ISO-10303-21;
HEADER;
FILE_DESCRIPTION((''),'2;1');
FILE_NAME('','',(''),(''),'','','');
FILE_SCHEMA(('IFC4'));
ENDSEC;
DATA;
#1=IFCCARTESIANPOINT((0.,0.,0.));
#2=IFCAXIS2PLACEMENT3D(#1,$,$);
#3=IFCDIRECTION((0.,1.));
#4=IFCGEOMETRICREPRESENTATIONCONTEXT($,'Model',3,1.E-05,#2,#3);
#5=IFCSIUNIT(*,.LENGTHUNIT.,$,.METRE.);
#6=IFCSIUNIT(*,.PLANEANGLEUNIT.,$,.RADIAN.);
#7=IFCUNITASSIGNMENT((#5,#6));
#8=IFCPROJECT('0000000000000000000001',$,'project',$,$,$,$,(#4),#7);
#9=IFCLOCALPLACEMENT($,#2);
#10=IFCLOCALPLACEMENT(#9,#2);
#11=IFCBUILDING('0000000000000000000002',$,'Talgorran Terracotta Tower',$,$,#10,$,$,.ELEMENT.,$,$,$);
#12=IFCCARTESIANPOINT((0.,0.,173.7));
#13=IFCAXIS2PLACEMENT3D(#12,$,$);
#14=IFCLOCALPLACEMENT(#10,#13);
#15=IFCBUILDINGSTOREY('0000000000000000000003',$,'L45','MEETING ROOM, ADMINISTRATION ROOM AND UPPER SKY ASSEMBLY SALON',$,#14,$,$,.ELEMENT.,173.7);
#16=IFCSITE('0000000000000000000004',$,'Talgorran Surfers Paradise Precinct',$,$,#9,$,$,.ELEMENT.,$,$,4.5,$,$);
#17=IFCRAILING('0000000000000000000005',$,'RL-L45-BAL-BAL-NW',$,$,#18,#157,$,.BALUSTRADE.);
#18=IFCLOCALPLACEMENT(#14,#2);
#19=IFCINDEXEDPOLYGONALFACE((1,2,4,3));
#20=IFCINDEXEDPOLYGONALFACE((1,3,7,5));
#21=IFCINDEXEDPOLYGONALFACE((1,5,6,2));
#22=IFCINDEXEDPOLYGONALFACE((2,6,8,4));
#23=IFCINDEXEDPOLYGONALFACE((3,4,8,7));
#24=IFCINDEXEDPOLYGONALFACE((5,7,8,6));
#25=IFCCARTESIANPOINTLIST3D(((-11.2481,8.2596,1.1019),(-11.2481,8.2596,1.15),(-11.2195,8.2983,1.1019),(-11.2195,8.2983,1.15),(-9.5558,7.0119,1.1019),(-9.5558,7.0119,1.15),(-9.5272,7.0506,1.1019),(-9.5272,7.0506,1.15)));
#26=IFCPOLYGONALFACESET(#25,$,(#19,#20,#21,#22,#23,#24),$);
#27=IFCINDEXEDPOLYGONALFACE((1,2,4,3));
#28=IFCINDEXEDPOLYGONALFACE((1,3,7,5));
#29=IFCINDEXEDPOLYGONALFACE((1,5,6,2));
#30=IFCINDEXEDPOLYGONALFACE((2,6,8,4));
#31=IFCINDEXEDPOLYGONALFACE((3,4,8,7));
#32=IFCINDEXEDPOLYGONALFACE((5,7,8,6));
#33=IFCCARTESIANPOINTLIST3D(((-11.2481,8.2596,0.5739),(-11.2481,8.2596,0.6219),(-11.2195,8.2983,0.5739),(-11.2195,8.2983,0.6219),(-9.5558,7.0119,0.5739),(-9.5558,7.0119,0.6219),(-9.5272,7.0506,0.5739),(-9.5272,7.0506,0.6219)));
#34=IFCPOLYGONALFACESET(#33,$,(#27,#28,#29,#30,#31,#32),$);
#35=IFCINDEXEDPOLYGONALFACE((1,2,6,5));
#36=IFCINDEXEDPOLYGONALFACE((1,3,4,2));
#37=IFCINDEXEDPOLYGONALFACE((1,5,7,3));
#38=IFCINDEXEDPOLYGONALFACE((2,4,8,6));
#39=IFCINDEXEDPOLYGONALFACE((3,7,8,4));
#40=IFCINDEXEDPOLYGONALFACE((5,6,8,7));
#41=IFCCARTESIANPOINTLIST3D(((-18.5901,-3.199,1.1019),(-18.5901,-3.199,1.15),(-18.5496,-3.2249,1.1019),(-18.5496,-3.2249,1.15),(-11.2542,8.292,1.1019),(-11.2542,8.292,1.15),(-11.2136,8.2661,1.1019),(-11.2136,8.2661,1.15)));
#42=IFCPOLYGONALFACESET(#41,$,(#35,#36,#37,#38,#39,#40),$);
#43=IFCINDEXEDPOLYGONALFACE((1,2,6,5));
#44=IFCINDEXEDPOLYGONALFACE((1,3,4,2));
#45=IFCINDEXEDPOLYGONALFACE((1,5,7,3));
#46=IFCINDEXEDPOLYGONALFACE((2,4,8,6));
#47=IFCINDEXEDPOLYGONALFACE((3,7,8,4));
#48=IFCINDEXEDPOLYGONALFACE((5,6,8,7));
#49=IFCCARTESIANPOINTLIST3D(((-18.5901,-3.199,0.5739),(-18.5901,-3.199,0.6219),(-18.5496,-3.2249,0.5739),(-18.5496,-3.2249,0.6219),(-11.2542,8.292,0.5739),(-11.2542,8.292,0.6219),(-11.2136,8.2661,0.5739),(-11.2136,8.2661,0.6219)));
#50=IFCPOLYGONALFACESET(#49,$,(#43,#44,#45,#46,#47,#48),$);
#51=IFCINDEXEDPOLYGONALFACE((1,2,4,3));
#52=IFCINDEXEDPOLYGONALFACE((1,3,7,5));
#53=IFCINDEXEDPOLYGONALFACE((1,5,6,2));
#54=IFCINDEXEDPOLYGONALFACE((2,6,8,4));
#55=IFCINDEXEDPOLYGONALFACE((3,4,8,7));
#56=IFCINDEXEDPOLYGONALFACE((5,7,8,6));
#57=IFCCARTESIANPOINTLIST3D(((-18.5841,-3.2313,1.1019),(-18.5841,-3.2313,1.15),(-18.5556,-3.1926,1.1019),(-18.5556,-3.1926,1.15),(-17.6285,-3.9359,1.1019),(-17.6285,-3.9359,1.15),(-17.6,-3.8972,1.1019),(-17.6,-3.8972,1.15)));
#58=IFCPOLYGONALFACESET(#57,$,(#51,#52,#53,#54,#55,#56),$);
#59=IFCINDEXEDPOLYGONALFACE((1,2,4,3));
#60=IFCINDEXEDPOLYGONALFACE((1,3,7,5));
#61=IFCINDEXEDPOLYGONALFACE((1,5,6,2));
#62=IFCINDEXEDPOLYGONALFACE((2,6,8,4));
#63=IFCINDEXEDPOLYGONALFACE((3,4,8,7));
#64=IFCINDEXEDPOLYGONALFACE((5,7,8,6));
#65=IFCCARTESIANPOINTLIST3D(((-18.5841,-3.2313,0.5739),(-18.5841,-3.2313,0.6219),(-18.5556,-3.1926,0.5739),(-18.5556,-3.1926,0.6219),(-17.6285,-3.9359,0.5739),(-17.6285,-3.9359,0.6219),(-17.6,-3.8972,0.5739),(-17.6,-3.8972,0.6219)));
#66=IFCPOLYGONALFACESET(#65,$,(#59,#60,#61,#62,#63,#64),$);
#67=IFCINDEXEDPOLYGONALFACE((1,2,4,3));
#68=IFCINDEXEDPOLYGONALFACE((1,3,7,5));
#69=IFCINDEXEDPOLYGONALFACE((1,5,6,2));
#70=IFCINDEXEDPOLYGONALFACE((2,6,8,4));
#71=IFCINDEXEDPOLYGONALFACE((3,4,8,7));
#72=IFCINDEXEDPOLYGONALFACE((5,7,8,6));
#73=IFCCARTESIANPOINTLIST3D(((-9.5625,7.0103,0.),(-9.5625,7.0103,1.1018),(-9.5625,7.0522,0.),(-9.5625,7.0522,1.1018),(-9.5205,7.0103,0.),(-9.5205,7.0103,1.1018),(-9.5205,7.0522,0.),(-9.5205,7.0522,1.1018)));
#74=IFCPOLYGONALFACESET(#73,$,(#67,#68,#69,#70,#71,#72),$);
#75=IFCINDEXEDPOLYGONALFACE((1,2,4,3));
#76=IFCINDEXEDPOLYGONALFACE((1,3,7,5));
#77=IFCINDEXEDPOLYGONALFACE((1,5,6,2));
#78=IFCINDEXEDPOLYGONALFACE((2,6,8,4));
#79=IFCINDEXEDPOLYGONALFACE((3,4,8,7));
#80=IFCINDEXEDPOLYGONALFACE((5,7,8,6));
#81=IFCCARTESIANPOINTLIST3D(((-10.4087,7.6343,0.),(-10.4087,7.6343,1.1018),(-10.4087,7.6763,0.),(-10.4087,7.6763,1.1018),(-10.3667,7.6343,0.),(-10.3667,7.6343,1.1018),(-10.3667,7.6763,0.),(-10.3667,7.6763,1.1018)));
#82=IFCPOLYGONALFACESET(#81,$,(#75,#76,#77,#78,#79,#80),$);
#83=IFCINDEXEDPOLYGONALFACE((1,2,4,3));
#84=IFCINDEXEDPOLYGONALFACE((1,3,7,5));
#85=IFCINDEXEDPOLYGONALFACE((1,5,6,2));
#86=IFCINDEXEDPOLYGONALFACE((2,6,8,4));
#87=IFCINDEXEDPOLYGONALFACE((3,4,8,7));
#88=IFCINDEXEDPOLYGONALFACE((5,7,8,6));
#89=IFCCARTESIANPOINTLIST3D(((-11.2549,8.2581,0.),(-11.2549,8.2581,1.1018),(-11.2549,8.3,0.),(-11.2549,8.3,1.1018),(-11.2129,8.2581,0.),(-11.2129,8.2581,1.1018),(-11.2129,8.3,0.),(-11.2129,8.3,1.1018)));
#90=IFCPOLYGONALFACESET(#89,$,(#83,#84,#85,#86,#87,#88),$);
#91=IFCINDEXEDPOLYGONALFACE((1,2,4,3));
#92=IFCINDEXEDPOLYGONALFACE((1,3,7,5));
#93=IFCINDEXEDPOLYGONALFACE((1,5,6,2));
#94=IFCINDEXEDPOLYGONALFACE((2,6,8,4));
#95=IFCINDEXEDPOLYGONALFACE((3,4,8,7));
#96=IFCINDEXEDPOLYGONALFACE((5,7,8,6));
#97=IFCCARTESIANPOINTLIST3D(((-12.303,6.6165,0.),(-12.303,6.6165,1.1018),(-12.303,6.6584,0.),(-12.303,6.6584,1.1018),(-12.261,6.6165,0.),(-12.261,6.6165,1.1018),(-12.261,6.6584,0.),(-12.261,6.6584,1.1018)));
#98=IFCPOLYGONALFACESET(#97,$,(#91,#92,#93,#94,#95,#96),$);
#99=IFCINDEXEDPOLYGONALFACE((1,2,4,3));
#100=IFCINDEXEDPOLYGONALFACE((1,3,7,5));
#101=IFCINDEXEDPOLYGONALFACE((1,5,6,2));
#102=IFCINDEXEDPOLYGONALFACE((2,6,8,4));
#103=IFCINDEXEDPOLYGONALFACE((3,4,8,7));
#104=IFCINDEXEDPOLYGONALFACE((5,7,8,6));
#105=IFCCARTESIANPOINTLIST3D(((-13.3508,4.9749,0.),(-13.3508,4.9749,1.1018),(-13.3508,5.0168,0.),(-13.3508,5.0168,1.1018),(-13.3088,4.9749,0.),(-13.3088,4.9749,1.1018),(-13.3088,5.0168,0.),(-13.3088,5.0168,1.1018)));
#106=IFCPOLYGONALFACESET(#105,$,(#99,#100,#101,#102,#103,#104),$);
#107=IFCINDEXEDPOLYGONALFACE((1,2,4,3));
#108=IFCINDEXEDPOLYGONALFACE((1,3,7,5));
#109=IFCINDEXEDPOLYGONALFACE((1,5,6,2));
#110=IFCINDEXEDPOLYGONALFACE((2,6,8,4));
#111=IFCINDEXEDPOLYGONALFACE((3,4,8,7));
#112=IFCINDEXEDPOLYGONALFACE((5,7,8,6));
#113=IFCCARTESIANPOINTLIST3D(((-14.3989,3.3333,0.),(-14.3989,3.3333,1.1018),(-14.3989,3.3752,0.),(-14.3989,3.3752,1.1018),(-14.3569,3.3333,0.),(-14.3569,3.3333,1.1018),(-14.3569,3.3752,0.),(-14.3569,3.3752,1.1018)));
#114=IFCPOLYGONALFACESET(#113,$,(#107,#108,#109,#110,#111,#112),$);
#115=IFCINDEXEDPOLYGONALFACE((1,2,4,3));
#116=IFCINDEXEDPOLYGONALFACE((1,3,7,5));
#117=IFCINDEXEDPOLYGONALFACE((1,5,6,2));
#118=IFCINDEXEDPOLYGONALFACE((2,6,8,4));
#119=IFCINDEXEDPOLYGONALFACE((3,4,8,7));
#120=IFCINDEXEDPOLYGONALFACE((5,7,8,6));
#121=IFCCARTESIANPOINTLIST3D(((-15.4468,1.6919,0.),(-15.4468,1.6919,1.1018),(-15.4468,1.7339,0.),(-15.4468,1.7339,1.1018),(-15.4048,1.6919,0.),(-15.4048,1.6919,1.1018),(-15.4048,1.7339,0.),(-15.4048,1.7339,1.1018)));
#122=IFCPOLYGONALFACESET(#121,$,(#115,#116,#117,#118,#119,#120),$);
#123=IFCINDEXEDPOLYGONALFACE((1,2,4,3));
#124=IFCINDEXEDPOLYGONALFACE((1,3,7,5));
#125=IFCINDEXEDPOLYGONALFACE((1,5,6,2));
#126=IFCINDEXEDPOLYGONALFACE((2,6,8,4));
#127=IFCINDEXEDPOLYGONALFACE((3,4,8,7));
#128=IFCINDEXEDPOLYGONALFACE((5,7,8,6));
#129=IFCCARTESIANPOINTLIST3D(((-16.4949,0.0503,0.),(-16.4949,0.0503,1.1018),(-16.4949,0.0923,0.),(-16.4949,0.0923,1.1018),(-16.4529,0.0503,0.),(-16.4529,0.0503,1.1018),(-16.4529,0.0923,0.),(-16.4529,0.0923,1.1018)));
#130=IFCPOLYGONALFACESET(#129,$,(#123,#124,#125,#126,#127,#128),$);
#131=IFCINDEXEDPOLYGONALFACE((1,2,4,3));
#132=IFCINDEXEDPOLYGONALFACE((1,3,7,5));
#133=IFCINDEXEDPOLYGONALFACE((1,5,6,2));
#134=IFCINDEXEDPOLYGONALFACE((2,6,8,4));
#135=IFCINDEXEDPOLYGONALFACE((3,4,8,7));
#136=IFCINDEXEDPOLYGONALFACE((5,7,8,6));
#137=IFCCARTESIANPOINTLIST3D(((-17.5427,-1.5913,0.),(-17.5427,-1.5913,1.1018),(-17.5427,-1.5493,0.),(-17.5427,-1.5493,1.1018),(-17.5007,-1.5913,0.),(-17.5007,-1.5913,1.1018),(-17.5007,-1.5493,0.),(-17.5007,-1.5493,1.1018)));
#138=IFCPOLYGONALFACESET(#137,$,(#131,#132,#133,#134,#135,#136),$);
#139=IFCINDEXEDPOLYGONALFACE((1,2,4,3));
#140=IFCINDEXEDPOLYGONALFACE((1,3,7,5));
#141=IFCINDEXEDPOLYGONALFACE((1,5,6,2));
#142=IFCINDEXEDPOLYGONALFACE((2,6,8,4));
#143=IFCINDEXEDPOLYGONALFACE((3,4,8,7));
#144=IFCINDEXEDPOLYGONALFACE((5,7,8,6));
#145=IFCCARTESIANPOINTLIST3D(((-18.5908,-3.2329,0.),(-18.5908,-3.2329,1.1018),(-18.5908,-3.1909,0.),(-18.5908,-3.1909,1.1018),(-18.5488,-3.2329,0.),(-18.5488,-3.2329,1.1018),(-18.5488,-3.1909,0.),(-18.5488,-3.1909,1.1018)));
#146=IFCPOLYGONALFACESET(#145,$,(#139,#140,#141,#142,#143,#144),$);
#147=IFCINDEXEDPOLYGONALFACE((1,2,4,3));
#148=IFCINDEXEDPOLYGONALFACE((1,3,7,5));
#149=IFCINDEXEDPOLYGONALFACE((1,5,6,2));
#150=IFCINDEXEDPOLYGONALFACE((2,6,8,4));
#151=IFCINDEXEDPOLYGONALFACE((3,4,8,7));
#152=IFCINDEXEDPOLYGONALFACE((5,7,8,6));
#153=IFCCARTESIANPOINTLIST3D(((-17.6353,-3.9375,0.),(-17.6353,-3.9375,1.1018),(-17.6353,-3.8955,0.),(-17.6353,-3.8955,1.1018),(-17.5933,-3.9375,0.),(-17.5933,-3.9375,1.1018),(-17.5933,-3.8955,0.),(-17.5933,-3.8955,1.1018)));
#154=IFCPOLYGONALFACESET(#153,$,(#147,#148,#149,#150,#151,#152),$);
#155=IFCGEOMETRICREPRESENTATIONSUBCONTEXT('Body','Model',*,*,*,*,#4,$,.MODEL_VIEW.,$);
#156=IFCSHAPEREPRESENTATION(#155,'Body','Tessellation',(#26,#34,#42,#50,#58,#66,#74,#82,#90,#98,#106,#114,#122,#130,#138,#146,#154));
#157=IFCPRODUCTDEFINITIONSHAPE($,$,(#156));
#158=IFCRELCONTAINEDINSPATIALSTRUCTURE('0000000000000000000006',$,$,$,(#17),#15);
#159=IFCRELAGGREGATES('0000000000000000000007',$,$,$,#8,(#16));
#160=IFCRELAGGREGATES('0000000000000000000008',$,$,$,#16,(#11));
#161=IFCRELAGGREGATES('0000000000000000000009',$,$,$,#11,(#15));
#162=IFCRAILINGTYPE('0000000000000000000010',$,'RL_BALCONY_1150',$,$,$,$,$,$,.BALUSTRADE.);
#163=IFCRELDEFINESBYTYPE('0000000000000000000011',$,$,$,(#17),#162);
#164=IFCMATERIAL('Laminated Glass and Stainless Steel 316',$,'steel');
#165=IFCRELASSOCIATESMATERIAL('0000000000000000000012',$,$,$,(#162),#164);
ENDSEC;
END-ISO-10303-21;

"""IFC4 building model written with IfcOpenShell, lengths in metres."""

from ifc_helpers import new_model, si_unit, direction, frame, origin, origin_2d, place, context, subcontext, project, spatial, rectangle, extrude, material, type_object, element, save


model = new_model("IFC4")

# Units and contexts
model_context = context("Model", 3, precision=1e-05, world=origin(), true_north=direction((0.0, 1.0)))
body_context = subcontext(model_context, "Body", "Model", "MODEL_VIEW")
ifc_project = project(units=[si_unit("LENGTHUNIT", "METRE"), si_unit("PLANEANGLEUNIT", "RADIAN")], contexts=[model_context])

# Site, building, storey
site_placement = place(None, origin())
site = spatial("IfcSite", under=ifc_project, at=site_placement, Name="Talgorran Surfers Paradise Precinct", CompositionType="ELEMENT", RefElevation=4.5)
building_placement = place(site_placement, origin())
building = spatial("IfcBuilding", under=site, at=building_placement, Name="Talgorran Terracotta Tower", CompositionType="ELEMENT")
storey_placement = place(building_placement, frame((0.0, 0.0, 173.7)))
storey = spatial("IfcBuildingStorey", under=building, at=storey_placement, Name="L45", Description="MEETING ROOM, ADMINISTRATION ROOM AND UPPER SKY ASSEMBLY SALON", CompositionType="ELEMENT", Elevation=173.7)

# Railing
ifc_material_1 = material(Name="Laminated Glass and Stainless Steel 316", Category="steel")
railing_type = type_object("IfcRailingType", Name="RL_BALCONY_1150", PredefinedType="BALUSTRADE", material=ifc_material_1)
railing_placement = place(storey_placement, frame((-9.5415, 7.0312, 0.0)))
element("IfcRailing", 1, at=railing_placement, inside=storey, type_object=railing_type, Name="RL-L45-BAL-BAL-NW", PredefinedType="BALUSTRADE", context=body_context, shape_type="SweptSolid", body=[
    extrude(rectangle(XDim=0.0481, YDim=0.0481, at=origin_2d()), frame((0.0, 0.0, 1.126), z_axis=(-0.804878, 0.593441, 0.0), x_axis=(-0.593441, -0.804878, 0.0)), (0.0, 0.0, 1.0), 2.1025),
    extrude(rectangle(XDim=0.0481, YDim=0.0481, at=origin_2d()), frame((0.0, 0.0, 0.5979), z_axis=(-0.804878, 0.593441, 0.0), x_axis=(-0.593441, -0.804878, 0.0)), (0.0, 0.0, 1.0), 2.1025),
    extrude(rectangle(XDim=0.0481, YDim=0.0481, at=origin_2d()), frame((-1.6924, 1.2478, 1.126), z_axis=(-0.538102, -0.84288, 0.0), x_axis=(0.84288, -0.538102, 0.0)), (0.0, 0.0, 1.0), 13.6331),
    extrude(rectangle(XDim=0.0481, YDim=0.0481, at=origin_2d()), frame((-1.6924, 1.2478, 0.5979), z_axis=(-0.538102, -0.84288, 0.0), x_axis=(0.84288, -0.538102, 0.0)), (0.0, 0.0, 1.0), 13.6331),
    extrude(rectangle(XDim=0.0481, YDim=0.0481, at=origin_2d()), frame((-9.0283, -10.2432, 1.126), z_axis=(0.804859, -0.593466, 0.0), x_axis=(0.593466, 0.804859, 0.0)), (0.0, 0.0, 1.0), 1.1873),
    extrude(rectangle(XDim=0.0481, YDim=0.0481, at=origin_2d()), frame((-9.0283, -10.2432, 0.5979), z_axis=(0.804859, -0.593466, 0.0), x_axis=(0.593466, 0.804859, 0.0)), (0.0, 0.0, 1.0), 1.1873),
    extrude(rectangle(XDim=0.042, YDim=0.042, at=origin_2d()), origin(), (0.0, 0.0, 1.0), 1.1018),
    extrude(rectangle(XDim=0.042, YDim=0.042, at=origin_2d()), frame((-0.8462, 0.624, 0.0)), (0.0, 0.0, 1.0), 1.1018),
    extrude(rectangle(XDim=0.042, YDim=0.042, at=origin_2d()), frame((-1.6924, 1.2478, 0.0)), (0.0, 0.0, 1.0), 1.1018),
    extrude(rectangle(XDim=0.042, YDim=0.042, at=origin_2d()), frame((-2.7405, -0.3938, 0.0)), (0.0, 0.0, 1.0), 1.1018),
    extrude(rectangle(XDim=0.042, YDim=0.042, at=origin_2d()), frame((-3.7883, -2.0354, 0.0)), (0.0, 0.0, 1.0), 1.1018),
    extrude(rectangle(XDim=0.042, YDim=0.042, at=origin_2d()), frame((-4.8364, -3.677, 0.0)), (0.0, 0.0, 1.0), 1.1018),
    extrude(rectangle(XDim=0.042, YDim=0.042, at=origin_2d()), frame((-5.8843, -5.3184, 0.0)), (0.0, 0.0, 1.0), 1.1018),
    extrude(rectangle(XDim=0.042, YDim=0.042, at=origin_2d()), frame((-6.9324, -6.96, 0.0)), (0.0, 0.0, 1.0), 1.1018),
    extrude(rectangle(XDim=0.042, YDim=0.042, at=origin_2d()), frame((-7.9802, -8.6016, 0.0)), (0.0, 0.0, 1.0), 1.1018),
    extrude(rectangle(XDim=0.042, YDim=0.042, at=origin_2d()), frame((-9.0283, -10.2432, 0.0)), (0.0, 0.0, 1.0), 1.1018),
    extrude(rectangle(XDim=0.042, YDim=0.042, at=origin_2d()), frame((-8.0728, -10.9478, 0.0)), (0.0, 0.0, 1.0), 1.1018),
])

save(model, "model.ifc")
